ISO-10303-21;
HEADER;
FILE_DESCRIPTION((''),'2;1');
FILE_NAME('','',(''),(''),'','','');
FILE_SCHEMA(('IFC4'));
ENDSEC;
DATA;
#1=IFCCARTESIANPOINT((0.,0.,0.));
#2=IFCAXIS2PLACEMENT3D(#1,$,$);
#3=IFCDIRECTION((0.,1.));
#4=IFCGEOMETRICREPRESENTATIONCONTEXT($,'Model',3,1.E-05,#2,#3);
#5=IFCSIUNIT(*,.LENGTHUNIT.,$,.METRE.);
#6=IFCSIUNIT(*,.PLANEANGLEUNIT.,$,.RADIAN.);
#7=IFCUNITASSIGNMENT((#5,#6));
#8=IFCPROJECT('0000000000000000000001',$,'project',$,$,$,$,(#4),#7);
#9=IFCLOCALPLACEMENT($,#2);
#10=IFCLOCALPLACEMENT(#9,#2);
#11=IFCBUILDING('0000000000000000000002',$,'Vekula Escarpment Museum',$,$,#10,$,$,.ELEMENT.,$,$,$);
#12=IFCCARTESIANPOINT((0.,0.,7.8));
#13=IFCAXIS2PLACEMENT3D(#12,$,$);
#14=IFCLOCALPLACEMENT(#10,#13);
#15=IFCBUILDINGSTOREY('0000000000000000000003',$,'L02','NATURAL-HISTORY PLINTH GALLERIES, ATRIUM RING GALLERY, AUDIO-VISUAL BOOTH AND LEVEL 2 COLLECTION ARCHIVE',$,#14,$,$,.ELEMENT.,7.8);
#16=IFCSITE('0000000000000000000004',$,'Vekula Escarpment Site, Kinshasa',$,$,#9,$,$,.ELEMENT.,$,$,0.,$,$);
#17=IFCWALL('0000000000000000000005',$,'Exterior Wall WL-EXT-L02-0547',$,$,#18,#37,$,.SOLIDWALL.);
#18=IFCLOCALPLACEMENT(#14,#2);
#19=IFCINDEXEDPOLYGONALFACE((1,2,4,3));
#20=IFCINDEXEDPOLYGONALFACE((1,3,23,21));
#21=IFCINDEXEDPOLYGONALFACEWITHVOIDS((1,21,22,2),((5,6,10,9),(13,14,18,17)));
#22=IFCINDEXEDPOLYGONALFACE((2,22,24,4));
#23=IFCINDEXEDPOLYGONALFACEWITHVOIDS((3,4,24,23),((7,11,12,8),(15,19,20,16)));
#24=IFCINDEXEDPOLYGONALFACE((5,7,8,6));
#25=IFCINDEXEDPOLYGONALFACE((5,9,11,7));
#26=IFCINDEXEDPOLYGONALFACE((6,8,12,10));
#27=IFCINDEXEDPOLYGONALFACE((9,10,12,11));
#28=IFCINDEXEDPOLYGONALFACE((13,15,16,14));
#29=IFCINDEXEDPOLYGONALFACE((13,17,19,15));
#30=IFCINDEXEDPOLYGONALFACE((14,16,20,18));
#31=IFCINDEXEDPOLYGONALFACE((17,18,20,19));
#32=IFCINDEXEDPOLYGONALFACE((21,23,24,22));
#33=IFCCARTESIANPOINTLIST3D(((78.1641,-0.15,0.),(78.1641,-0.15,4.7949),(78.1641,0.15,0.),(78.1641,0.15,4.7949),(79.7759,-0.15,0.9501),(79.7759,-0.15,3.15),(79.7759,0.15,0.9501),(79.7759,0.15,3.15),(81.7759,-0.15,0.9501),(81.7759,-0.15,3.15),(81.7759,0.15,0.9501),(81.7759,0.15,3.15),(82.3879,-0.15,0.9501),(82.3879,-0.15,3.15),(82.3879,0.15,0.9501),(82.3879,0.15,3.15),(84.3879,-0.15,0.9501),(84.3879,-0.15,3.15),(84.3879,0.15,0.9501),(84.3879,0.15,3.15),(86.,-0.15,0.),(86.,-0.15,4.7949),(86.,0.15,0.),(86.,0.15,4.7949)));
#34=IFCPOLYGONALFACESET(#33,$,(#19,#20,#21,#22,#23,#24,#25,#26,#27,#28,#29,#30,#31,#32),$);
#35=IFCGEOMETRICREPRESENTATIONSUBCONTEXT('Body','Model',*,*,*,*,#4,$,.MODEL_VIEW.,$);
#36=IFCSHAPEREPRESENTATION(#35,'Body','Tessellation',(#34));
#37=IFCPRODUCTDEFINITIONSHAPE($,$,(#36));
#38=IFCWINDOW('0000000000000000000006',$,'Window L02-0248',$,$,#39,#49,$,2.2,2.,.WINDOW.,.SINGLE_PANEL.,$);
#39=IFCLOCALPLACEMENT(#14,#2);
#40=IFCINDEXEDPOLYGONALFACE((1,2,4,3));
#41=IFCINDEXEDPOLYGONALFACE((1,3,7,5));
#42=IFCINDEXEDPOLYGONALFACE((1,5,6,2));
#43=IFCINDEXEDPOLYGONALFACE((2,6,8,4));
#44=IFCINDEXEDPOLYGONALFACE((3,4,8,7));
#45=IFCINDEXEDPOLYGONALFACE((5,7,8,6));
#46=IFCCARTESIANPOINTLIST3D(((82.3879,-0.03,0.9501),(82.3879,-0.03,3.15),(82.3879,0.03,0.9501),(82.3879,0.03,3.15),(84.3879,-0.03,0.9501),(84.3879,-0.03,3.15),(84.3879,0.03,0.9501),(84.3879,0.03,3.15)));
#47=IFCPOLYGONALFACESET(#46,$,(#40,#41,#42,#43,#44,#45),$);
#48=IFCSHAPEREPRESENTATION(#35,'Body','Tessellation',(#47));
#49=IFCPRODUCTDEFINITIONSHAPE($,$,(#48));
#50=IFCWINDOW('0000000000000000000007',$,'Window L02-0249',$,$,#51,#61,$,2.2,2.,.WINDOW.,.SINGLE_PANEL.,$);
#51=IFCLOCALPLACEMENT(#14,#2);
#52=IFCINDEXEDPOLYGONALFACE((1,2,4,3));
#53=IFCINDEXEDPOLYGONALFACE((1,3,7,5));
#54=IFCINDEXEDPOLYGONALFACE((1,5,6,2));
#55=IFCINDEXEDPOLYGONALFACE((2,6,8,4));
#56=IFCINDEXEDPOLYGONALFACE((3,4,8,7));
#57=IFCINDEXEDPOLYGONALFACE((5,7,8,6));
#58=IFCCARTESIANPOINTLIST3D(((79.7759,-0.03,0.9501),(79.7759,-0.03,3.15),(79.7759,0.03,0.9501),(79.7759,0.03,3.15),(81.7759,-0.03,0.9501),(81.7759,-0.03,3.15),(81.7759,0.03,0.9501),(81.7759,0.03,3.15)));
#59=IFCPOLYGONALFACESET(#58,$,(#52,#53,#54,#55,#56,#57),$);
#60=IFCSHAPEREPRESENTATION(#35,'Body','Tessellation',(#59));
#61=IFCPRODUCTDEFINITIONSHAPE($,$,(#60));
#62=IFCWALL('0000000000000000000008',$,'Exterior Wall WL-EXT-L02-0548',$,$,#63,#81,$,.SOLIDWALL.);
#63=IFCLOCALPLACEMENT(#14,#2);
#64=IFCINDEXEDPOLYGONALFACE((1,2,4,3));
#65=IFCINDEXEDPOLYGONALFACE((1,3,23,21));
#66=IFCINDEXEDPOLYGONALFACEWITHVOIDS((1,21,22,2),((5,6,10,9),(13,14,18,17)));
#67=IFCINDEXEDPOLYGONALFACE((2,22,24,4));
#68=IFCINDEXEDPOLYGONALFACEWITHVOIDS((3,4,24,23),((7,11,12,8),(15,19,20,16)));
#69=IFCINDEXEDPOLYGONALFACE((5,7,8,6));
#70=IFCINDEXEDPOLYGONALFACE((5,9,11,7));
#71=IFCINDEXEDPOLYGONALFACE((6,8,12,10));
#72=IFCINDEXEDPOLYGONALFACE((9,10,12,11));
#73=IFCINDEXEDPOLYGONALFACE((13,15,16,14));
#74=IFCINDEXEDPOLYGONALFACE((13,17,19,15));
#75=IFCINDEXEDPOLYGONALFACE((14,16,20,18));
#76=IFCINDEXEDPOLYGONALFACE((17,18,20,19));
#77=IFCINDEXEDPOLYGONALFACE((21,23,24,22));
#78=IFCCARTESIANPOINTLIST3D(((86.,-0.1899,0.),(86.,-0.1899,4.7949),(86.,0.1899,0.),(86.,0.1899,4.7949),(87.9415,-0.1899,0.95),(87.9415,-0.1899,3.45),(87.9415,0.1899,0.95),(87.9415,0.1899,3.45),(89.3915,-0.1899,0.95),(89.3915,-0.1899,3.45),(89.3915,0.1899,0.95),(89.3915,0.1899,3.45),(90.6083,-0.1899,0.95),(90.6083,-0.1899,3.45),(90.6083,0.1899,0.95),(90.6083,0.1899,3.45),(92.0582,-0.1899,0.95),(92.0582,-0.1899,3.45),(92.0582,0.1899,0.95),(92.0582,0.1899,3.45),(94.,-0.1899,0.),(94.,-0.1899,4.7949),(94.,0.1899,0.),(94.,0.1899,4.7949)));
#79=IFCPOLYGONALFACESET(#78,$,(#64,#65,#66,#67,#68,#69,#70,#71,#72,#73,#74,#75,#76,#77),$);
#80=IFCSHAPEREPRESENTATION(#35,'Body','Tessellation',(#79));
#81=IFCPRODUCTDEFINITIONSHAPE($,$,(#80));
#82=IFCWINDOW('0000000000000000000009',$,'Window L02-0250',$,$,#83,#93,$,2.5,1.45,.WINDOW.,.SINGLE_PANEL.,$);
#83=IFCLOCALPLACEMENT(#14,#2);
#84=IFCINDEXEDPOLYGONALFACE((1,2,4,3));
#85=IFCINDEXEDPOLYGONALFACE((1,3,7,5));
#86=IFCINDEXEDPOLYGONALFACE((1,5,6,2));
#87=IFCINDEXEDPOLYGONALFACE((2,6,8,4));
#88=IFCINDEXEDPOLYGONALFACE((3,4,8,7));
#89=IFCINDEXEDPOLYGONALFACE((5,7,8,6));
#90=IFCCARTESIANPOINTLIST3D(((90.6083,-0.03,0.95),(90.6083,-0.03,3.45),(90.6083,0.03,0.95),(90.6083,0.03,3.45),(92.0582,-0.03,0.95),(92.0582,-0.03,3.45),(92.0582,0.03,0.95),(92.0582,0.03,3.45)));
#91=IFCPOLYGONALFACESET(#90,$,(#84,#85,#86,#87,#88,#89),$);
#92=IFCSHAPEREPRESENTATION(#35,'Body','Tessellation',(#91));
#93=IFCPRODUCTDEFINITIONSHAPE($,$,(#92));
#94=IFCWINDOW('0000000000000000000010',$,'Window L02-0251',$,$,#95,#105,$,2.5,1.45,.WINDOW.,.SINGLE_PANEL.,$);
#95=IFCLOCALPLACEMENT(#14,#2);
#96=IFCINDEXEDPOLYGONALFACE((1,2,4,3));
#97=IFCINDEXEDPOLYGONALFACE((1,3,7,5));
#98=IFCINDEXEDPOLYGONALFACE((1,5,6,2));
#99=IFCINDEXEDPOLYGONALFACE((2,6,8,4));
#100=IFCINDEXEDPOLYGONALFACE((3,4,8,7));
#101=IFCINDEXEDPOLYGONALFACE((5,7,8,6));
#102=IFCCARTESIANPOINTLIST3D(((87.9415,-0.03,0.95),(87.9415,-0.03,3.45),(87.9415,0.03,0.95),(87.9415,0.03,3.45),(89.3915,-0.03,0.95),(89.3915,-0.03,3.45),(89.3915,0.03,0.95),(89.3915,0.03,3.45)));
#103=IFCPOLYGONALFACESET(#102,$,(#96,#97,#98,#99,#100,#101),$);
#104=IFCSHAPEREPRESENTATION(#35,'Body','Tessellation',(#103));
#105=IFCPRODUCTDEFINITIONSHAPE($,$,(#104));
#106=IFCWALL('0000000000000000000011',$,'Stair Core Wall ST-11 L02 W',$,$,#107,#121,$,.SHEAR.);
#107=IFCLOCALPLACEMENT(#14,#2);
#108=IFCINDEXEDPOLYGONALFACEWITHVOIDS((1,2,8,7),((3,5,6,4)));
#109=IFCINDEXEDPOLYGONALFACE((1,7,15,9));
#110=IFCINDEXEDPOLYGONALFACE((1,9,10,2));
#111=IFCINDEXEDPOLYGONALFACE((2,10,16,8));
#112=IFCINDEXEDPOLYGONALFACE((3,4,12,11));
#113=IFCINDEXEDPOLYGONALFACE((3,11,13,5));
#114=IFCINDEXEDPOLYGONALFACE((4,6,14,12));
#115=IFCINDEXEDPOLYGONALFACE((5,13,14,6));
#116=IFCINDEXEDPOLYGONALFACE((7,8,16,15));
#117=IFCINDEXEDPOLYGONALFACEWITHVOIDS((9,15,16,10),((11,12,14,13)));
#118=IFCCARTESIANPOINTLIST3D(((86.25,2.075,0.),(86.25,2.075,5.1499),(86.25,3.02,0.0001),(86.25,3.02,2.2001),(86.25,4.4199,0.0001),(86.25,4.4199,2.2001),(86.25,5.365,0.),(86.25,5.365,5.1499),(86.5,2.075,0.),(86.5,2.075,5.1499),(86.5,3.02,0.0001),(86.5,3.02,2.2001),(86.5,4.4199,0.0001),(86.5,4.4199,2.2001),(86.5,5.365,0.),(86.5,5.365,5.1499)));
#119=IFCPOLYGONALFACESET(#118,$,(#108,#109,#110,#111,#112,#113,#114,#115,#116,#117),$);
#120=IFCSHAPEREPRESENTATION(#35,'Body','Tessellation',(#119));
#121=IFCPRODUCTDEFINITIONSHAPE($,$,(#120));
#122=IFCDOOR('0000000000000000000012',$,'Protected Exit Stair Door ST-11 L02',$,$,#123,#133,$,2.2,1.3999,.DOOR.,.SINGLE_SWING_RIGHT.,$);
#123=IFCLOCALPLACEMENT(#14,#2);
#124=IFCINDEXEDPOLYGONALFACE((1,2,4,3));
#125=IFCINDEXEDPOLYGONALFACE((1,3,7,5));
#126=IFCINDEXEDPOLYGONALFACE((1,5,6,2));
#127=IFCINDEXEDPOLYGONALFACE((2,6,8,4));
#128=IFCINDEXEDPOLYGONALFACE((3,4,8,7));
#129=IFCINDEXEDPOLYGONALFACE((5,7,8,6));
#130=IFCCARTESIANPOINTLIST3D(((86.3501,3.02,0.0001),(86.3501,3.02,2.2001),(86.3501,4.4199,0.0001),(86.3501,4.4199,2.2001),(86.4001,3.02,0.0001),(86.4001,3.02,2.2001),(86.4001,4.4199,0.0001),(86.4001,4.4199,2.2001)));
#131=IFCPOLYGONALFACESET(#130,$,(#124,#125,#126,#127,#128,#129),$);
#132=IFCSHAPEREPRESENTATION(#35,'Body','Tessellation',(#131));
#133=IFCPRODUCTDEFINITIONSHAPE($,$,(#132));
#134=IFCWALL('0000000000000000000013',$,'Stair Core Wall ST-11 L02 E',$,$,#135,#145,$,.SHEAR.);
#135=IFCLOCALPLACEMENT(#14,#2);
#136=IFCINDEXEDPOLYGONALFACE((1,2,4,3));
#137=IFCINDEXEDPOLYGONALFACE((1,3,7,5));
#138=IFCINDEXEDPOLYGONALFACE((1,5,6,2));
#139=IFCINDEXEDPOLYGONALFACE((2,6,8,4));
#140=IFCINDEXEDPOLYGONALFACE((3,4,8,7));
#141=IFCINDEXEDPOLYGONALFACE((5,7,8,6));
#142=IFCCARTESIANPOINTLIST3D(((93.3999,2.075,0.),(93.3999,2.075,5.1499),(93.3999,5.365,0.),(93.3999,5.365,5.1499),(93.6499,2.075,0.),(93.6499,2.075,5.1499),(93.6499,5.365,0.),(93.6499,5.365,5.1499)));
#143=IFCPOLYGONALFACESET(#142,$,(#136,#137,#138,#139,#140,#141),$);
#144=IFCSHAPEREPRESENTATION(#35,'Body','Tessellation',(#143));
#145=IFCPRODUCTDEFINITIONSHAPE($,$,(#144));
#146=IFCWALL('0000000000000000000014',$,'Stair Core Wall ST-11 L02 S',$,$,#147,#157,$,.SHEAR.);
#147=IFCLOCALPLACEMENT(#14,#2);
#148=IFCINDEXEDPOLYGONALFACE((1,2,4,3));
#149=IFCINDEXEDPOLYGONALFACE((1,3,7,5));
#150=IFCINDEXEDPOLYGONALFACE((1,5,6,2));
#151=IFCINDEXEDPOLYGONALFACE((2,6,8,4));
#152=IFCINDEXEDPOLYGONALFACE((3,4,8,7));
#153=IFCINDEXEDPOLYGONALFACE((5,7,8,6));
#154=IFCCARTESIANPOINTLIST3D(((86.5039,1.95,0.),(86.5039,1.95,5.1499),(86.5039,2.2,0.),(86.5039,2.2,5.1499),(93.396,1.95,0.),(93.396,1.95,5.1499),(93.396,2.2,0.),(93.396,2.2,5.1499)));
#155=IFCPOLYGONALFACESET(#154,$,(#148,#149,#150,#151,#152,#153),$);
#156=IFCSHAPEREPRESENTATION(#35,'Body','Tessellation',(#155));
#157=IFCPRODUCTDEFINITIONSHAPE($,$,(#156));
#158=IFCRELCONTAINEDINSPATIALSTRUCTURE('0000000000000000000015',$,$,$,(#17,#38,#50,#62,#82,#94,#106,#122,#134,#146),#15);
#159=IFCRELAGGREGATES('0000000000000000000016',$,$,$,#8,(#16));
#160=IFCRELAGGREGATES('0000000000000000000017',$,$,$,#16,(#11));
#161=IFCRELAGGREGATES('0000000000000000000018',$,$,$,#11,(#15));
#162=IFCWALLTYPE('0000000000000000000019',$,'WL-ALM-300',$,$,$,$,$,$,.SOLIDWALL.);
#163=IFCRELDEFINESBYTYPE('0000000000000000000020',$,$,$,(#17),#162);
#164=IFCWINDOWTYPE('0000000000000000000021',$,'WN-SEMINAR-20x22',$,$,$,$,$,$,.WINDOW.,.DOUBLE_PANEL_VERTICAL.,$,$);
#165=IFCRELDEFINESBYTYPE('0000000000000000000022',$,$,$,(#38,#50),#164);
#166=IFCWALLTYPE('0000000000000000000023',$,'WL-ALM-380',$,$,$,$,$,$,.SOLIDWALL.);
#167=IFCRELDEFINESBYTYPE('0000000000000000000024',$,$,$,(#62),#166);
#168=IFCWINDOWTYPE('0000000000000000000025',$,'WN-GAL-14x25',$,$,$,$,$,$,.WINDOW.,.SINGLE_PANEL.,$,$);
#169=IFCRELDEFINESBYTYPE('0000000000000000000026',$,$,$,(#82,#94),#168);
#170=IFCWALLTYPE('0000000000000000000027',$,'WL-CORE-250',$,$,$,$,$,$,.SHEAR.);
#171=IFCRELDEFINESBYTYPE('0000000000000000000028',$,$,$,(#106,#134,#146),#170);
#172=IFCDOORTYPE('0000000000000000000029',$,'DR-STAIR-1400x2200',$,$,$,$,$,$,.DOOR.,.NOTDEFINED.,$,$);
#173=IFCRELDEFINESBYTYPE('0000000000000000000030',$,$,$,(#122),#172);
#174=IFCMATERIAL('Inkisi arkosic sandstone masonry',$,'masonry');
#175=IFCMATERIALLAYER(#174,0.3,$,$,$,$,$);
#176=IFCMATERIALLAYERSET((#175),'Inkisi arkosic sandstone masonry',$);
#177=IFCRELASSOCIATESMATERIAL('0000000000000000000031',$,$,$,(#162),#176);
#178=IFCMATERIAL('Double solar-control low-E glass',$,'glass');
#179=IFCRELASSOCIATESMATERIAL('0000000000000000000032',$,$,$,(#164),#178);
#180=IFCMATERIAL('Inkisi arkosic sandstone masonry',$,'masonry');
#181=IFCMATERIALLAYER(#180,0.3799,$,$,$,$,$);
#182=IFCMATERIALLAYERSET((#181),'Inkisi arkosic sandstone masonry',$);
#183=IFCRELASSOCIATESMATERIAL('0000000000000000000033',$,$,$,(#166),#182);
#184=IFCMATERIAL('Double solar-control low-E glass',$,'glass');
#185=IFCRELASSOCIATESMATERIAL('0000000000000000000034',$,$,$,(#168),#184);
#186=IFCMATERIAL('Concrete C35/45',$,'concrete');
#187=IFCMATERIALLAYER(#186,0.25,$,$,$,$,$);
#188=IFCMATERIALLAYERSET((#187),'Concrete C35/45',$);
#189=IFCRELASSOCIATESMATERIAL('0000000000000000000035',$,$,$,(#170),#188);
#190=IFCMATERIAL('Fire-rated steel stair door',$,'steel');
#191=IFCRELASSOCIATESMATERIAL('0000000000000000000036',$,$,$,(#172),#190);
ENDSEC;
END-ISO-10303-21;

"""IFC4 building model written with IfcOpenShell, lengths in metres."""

from ifc_helpers import new_model, si_unit, direction, frame, frame_2d, origin, place, context, subcontext, project, spatial, rectangle, extrude, material, layer, layer_set, type_object, element, fill, save


model = new_model("IFC4")

# Units and contexts
model_context = context("Model", 3, precision=1e-05, world=origin(), true_north=direction((0.0, 1.0)))
body_context = subcontext(model_context, "Body", "Model", "MODEL_VIEW")
ifc_project = project(units=[si_unit("LENGTHUNIT", "METRE"), si_unit("PLANEANGLEUNIT", "RADIAN")], contexts=[model_context])

# Site, building, storey
site_placement = place(None, origin())
site = spatial("IfcSite", under=ifc_project, at=site_placement, Name="Vekula Escarpment Site, Kinshasa", CompositionType="ELEMENT", RefElevation=0.0)
building_placement = place(site_placement, origin())
building = spatial("IfcBuilding", under=site, at=building_placement, Name="Vekula Escarpment Museum", CompositionType="ELEMENT")
storey_placement = place(building_placement, frame((0.0, 0.0, 7.8)))
storey = spatial("IfcBuildingStorey", under=building, at=storey_placement, Name="L02", Description="NATURAL-HISTORY PLINTH GALLERIES, ATRIUM RING GALLERY, AUDIO-VISUAL BOOTH AND LEVEL 2 COLLECTION ARCHIVE", CompositionType="ELEMENT", Elevation=7.8)

# Walls, openings, windows
ifc_material_1 = material(Name="Inkisi arkosic sandstone masonry", Category="masonry")
ifc_layer_1 = layer(ifc_material_1, 0.3)
ifc_layer_set_1 = layer_set([ifc_layer_1], Name="Inkisi arkosic sandstone masonry")
wall_type_1 = type_object("IfcWallType", Name="WL-ALM-300", PredefinedType="SOLIDWALL", material=ifc_layer_set_1)
wall_1_placement = place(storey_placement, frame((86.0, 0.0, 0.0), z_axis=(0.0, 0.0, 1.0), x_axis=(-1.0, 0.0, 0.0)))
wall_1 = element("IfcWall", 1, at=wall_1_placement, inside=storey, type_object=wall_type_1, Name="Exterior Wall WL-EXT-L02-0547", PredefinedType="SOLIDWALL", context=body_context, shape_type="SweptSolid", body=[
    extrude(rectangle(XDim=7.8359, YDim=0.3, at=frame_2d((3.918, 0.0))), origin(), (0.0, 0.0, 1.0), 4.7949),
])
opening_1_placement = place(wall_1_placement, frame((1.6121, 0.0, 0.95)))
opening_1 = element("IfcOpeningElement", 2, at=opening_1_placement, cuts=wall_1, PredefinedType="OPENING", context=body_context, shape_type="SweptSolid", body=[
    extrude(rectangle(XDim=2.0, YDim=2.2, at=frame_2d((1.0, 1.1001))), frame((0.0, 0.1599, 0.0), z_axis=(0.0, -1.0, 0.0), x_axis=(1.0, 0.0, 0.0)), (0.0, 0.0, 1.0), 0.3201),
])
opening_2_placement = place(wall_1_placement, frame((4.2241, 0.0, 0.95)))
opening_2 = element("IfcOpeningElement", 3, at=opening_2_placement, cuts=wall_1, PredefinedType="OPENING", context=body_context, shape_type="SweptSolid", body=[
    extrude(rectangle(XDim=2.0, YDim=2.2, at=frame_2d((1.0, 1.1001))), frame((0.0, 0.1599, 0.0), z_axis=(0.0, -1.0, 0.0), x_axis=(1.0, 0.0, 0.0)), (0.0, 0.0, 1.0), 0.3201),
])
ifc_material_2 = material(Name="Double solar-control low-E glass", Category="glass")
window_type_1 = type_object("IfcWindowType", Name="WN-SEMINAR-20x22", PartitioningType="DOUBLE_PANEL_VERTICAL", PredefinedType="WINDOW", material=ifc_material_2)
window_1_placement = place(opening_1_placement, origin())
window_1 = element("IfcWindow", 4, at=window_1_placement, inside=storey, type_object=window_type_1, Name="Window L02-0248", OverallHeight=2.2, OverallWidth=2.0, PartitioningType="SINGLE_PANEL", PredefinedType="WINDOW", context=body_context, shape_type="SweptSolid", body=[
    extrude(rectangle(XDim=2.0, YDim=2.2, at=frame_2d((1.0, 1.1001))), frame((0.0, 0.03, 0.0), z_axis=(0.0, -1.0, 0.0), x_axis=(1.0, 0.0, 0.0)), (0.0, 0.0, 1.0), 0.0601),
])
fill(opening_1, window_1)
window_2_placement = place(opening_2_placement, origin())
window_2 = element("IfcWindow", 5, at=window_2_placement, inside=storey, type_object=window_type_1, Name="Window L02-0249", OverallHeight=2.2, OverallWidth=2.0, PartitioningType="SINGLE_PANEL", PredefinedType="WINDOW", context=body_context, shape_type="SweptSolid", body=[
    extrude(rectangle(XDim=2.0, YDim=2.2, at=frame_2d((1.0, 1.1001))), frame((0.0, 0.03, 0.0), z_axis=(0.0, -1.0, 0.0), x_axis=(1.0, 0.0, 0.0)), (0.0, 0.0, 1.0), 0.0601),
])
fill(opening_2, window_2)
ifc_material_3 = material(Name="Inkisi arkosic sandstone masonry", Category="masonry")
ifc_layer_2 = layer(ifc_material_3, 0.3799)
ifc_layer_set_2 = layer_set([ifc_layer_2], Name="Inkisi arkosic sandstone masonry")
wall_type_2 = type_object("IfcWallType", Name="WL-ALM-380", PredefinedType="SOLIDWALL", material=ifc_layer_set_2)
wall_2_placement = place(storey_placement, frame((94.0, 0.0, 0.0), z_axis=(0.0, 0.0, 1.0), x_axis=(-1.0, 0.0, 0.0)))
wall_2 = element("IfcWall", 6, at=wall_2_placement, inside=storey, type_object=wall_type_2, Name="Exterior Wall WL-EXT-L02-0548", PredefinedType="SOLIDWALL", context=body_context, shape_type="SweptSolid", body=[
    extrude(rectangle(XDim=8.0, YDim=0.3799, at=frame_2d((4.0, 0.0))), origin(), (0.0, 0.0, 1.0), 4.7949),
])
opening_3_placement = place(wall_2_placement, frame((1.9417, 0.0, 0.95)))
opening_3 = element("IfcOpeningElement", 7, at=opening_3_placement, cuts=wall_2, PredefinedType="OPENING", context=body_context, shape_type="SweptSolid", body=[
    extrude(rectangle(XDim=1.45, YDim=2.5, at=frame_2d((0.7251, 1.25))), frame((0.0, 0.2, 0.0), z_axis=(0.0, -1.0, 0.0), x_axis=(1.0, 0.0, 0.0)), (0.0, 0.0, 1.0), 0.3999),
])
opening_4_placement = place(wall_2_placement, frame((4.6084, 0.0, 0.95)))
opening_4 = element("IfcOpeningElement", 8, at=opening_4_placement, cuts=wall_2, PredefinedType="OPENING", context=body_context, shape_type="SweptSolid", body=[
    extrude(rectangle(XDim=1.45, YDim=2.5, at=frame_2d((0.7251, 1.25))), frame((0.0, 0.2, 0.0), z_axis=(0.0, -1.0, 0.0), x_axis=(1.0, 0.0, 0.0)), (0.0, 0.0, 1.0), 0.3999),
])
ifc_material_4 = material(Name="Double solar-control low-E glass", Category="glass")
window_type_2 = type_object("IfcWindowType", Name="WN-GAL-14x25", PartitioningType="SINGLE_PANEL", PredefinedType="WINDOW", material=ifc_material_4)
window_3_placement = place(opening_3_placement, origin())
window_3 = element("IfcWindow", 9, at=window_3_placement, inside=storey, type_object=window_type_2, Name="Window L02-0250", OverallHeight=2.5, OverallWidth=1.45, PartitioningType="SINGLE_PANEL", PredefinedType="WINDOW", context=body_context, shape_type="SweptSolid", body=[
    extrude(rectangle(XDim=1.45, YDim=2.5, at=frame_2d((0.7251, 1.25))), frame((0.0, 0.03, 0.0), z_axis=(0.0, -1.0, 0.0), x_axis=(1.0, 0.0, 0.0)), (0.0, 0.0, 1.0), 0.0601),
])
fill(opening_3, window_3)
window_4_placement = place(opening_4_placement, origin())
window_4 = element("IfcWindow", 10, at=window_4_placement, inside=storey, type_object=window_type_2, Name="Window L02-0251", OverallHeight=2.5, OverallWidth=1.45, PartitioningType="SINGLE_PANEL", PredefinedType="WINDOW", context=body_context, shape_type="SweptSolid", body=[
    extrude(rectangle(XDim=1.45, YDim=2.5, at=frame_2d((0.7251, 1.25))), frame((0.0, 0.03, 0.0), z_axis=(0.0, -1.0, 0.0), x_axis=(1.0, 0.0, 0.0)), (0.0, 0.0, 1.0), 0.0601),
])
fill(opening_4, window_4)

# Wall, opening, door
ifc_material_5 = material(Name="Concrete C35/45", Category="concrete")
ifc_layer_3 = layer(ifc_material_5, 0.25)
ifc_layer_set_3 = layer_set([ifc_layer_3], Name="Concrete C35/45")
wall_type_3 = type_object("IfcWallType", Name="WL-CORE-250", PredefinedType="SHEAR", material=ifc_layer_set_3)
wall_3_placement = place(storey_placement, frame((86.375, 2.075, 0.0), z_axis=(0.0, 0.0, 1.0), x_axis=(0.0, 1.0, 0.0)))
wall_3 = element("IfcWall", 11, at=wall_3_placement, inside=storey, type_object=wall_type_3, Name="Stair Core Wall ST-11 L02 W", PredefinedType="SHEAR", context=body_context, shape_type="SweptSolid", body=[
    extrude(rectangle(XDim=3.29, YDim=0.25, at=frame_2d((1.645, 0.0))), origin(), (0.0, 0.0, 1.0), 5.1499),
])
opening_5_placement = place(wall_3_placement, frame((0.9451, 0.0, 0.0)))
opening_5 = element("IfcOpeningElement", 12, at=opening_5_placement, cuts=wall_3, PredefinedType="OPENING", context=body_context, shape_type="SweptSolid", body=[
    extrude(rectangle(XDim=1.3999, YDim=2.2, at=frame_2d((0.7, 1.1001))), frame((0.0, 0.135, 0.0), z_axis=(0.0, -1.0, 0.0), x_axis=(1.0, 0.0, 0.0)), (0.0, 0.0, 1.0), 0.27),
])
ifc_material_6 = material(Name="Fire-rated steel stair door", Category="steel")
door_type = type_object("IfcDoorType", Name="DR-STAIR-1400x2200", OperationType="NOTDEFINED", PredefinedType="DOOR", material=ifc_material_6)
door_placement = place(opening_5_placement, origin())
door = element("IfcDoor", 13, at=door_placement, inside=storey, type_object=door_type, Name="Protected Exit Stair Door ST-11 L02", OperationType="SINGLE_SWING_RIGHT", OverallHeight=2.2, OverallWidth=1.3999, PredefinedType="DOOR", context=body_context, shape_type="SweptSolid", body=[
    extrude(rectangle(XDim=1.3999, YDim=2.2, at=frame_2d((0.7, 1.1001))), frame((0.0, 0.0249, 0.0), z_axis=(0.0, -1.0, 0.0), x_axis=(1.0, 0.0, 0.0)), (0.0, 0.0, 1.0), 0.05),
])
fill(opening_5, door)

# Walls
wall_4_placement = place(storey_placement, frame((93.5249, 2.075, 0.0), z_axis=(0.0, 0.0, 1.0), x_axis=(0.0, 1.0, 0.0)))
element("IfcWall", 14, at=wall_4_placement, inside=storey, type_object=wall_type_3, Name="Stair Core Wall ST-11 L02 E", PredefinedType="SHEAR", context=body_context, shape_type="SweptSolid", body=[
    extrude(rectangle(XDim=3.29, YDim=0.25, at=frame_2d((1.645, 0.0))), origin(), (0.0, 0.0, 1.0), 5.1499),
])
wall_5_placement = place(storey_placement, frame((86.5039, 2.075, 0.0), z_axis=(0.0, 0.0, 1.0), x_axis=(1.0, 0.0, 0.0)))
element("IfcWall", 15, at=wall_5_placement, inside=storey, type_object=wall_type_3, Name="Stair Core Wall ST-11 L02 S", PredefinedType="SHEAR", context=body_context, shape_type="SweptSolid", body=[
    extrude(rectangle(XDim=6.8921, YDim=0.25, at=frame_2d((3.446, 0.0))), origin(), (0.0, 0.0, 1.0), 5.1499),
])

save(model, "model.ifc")
